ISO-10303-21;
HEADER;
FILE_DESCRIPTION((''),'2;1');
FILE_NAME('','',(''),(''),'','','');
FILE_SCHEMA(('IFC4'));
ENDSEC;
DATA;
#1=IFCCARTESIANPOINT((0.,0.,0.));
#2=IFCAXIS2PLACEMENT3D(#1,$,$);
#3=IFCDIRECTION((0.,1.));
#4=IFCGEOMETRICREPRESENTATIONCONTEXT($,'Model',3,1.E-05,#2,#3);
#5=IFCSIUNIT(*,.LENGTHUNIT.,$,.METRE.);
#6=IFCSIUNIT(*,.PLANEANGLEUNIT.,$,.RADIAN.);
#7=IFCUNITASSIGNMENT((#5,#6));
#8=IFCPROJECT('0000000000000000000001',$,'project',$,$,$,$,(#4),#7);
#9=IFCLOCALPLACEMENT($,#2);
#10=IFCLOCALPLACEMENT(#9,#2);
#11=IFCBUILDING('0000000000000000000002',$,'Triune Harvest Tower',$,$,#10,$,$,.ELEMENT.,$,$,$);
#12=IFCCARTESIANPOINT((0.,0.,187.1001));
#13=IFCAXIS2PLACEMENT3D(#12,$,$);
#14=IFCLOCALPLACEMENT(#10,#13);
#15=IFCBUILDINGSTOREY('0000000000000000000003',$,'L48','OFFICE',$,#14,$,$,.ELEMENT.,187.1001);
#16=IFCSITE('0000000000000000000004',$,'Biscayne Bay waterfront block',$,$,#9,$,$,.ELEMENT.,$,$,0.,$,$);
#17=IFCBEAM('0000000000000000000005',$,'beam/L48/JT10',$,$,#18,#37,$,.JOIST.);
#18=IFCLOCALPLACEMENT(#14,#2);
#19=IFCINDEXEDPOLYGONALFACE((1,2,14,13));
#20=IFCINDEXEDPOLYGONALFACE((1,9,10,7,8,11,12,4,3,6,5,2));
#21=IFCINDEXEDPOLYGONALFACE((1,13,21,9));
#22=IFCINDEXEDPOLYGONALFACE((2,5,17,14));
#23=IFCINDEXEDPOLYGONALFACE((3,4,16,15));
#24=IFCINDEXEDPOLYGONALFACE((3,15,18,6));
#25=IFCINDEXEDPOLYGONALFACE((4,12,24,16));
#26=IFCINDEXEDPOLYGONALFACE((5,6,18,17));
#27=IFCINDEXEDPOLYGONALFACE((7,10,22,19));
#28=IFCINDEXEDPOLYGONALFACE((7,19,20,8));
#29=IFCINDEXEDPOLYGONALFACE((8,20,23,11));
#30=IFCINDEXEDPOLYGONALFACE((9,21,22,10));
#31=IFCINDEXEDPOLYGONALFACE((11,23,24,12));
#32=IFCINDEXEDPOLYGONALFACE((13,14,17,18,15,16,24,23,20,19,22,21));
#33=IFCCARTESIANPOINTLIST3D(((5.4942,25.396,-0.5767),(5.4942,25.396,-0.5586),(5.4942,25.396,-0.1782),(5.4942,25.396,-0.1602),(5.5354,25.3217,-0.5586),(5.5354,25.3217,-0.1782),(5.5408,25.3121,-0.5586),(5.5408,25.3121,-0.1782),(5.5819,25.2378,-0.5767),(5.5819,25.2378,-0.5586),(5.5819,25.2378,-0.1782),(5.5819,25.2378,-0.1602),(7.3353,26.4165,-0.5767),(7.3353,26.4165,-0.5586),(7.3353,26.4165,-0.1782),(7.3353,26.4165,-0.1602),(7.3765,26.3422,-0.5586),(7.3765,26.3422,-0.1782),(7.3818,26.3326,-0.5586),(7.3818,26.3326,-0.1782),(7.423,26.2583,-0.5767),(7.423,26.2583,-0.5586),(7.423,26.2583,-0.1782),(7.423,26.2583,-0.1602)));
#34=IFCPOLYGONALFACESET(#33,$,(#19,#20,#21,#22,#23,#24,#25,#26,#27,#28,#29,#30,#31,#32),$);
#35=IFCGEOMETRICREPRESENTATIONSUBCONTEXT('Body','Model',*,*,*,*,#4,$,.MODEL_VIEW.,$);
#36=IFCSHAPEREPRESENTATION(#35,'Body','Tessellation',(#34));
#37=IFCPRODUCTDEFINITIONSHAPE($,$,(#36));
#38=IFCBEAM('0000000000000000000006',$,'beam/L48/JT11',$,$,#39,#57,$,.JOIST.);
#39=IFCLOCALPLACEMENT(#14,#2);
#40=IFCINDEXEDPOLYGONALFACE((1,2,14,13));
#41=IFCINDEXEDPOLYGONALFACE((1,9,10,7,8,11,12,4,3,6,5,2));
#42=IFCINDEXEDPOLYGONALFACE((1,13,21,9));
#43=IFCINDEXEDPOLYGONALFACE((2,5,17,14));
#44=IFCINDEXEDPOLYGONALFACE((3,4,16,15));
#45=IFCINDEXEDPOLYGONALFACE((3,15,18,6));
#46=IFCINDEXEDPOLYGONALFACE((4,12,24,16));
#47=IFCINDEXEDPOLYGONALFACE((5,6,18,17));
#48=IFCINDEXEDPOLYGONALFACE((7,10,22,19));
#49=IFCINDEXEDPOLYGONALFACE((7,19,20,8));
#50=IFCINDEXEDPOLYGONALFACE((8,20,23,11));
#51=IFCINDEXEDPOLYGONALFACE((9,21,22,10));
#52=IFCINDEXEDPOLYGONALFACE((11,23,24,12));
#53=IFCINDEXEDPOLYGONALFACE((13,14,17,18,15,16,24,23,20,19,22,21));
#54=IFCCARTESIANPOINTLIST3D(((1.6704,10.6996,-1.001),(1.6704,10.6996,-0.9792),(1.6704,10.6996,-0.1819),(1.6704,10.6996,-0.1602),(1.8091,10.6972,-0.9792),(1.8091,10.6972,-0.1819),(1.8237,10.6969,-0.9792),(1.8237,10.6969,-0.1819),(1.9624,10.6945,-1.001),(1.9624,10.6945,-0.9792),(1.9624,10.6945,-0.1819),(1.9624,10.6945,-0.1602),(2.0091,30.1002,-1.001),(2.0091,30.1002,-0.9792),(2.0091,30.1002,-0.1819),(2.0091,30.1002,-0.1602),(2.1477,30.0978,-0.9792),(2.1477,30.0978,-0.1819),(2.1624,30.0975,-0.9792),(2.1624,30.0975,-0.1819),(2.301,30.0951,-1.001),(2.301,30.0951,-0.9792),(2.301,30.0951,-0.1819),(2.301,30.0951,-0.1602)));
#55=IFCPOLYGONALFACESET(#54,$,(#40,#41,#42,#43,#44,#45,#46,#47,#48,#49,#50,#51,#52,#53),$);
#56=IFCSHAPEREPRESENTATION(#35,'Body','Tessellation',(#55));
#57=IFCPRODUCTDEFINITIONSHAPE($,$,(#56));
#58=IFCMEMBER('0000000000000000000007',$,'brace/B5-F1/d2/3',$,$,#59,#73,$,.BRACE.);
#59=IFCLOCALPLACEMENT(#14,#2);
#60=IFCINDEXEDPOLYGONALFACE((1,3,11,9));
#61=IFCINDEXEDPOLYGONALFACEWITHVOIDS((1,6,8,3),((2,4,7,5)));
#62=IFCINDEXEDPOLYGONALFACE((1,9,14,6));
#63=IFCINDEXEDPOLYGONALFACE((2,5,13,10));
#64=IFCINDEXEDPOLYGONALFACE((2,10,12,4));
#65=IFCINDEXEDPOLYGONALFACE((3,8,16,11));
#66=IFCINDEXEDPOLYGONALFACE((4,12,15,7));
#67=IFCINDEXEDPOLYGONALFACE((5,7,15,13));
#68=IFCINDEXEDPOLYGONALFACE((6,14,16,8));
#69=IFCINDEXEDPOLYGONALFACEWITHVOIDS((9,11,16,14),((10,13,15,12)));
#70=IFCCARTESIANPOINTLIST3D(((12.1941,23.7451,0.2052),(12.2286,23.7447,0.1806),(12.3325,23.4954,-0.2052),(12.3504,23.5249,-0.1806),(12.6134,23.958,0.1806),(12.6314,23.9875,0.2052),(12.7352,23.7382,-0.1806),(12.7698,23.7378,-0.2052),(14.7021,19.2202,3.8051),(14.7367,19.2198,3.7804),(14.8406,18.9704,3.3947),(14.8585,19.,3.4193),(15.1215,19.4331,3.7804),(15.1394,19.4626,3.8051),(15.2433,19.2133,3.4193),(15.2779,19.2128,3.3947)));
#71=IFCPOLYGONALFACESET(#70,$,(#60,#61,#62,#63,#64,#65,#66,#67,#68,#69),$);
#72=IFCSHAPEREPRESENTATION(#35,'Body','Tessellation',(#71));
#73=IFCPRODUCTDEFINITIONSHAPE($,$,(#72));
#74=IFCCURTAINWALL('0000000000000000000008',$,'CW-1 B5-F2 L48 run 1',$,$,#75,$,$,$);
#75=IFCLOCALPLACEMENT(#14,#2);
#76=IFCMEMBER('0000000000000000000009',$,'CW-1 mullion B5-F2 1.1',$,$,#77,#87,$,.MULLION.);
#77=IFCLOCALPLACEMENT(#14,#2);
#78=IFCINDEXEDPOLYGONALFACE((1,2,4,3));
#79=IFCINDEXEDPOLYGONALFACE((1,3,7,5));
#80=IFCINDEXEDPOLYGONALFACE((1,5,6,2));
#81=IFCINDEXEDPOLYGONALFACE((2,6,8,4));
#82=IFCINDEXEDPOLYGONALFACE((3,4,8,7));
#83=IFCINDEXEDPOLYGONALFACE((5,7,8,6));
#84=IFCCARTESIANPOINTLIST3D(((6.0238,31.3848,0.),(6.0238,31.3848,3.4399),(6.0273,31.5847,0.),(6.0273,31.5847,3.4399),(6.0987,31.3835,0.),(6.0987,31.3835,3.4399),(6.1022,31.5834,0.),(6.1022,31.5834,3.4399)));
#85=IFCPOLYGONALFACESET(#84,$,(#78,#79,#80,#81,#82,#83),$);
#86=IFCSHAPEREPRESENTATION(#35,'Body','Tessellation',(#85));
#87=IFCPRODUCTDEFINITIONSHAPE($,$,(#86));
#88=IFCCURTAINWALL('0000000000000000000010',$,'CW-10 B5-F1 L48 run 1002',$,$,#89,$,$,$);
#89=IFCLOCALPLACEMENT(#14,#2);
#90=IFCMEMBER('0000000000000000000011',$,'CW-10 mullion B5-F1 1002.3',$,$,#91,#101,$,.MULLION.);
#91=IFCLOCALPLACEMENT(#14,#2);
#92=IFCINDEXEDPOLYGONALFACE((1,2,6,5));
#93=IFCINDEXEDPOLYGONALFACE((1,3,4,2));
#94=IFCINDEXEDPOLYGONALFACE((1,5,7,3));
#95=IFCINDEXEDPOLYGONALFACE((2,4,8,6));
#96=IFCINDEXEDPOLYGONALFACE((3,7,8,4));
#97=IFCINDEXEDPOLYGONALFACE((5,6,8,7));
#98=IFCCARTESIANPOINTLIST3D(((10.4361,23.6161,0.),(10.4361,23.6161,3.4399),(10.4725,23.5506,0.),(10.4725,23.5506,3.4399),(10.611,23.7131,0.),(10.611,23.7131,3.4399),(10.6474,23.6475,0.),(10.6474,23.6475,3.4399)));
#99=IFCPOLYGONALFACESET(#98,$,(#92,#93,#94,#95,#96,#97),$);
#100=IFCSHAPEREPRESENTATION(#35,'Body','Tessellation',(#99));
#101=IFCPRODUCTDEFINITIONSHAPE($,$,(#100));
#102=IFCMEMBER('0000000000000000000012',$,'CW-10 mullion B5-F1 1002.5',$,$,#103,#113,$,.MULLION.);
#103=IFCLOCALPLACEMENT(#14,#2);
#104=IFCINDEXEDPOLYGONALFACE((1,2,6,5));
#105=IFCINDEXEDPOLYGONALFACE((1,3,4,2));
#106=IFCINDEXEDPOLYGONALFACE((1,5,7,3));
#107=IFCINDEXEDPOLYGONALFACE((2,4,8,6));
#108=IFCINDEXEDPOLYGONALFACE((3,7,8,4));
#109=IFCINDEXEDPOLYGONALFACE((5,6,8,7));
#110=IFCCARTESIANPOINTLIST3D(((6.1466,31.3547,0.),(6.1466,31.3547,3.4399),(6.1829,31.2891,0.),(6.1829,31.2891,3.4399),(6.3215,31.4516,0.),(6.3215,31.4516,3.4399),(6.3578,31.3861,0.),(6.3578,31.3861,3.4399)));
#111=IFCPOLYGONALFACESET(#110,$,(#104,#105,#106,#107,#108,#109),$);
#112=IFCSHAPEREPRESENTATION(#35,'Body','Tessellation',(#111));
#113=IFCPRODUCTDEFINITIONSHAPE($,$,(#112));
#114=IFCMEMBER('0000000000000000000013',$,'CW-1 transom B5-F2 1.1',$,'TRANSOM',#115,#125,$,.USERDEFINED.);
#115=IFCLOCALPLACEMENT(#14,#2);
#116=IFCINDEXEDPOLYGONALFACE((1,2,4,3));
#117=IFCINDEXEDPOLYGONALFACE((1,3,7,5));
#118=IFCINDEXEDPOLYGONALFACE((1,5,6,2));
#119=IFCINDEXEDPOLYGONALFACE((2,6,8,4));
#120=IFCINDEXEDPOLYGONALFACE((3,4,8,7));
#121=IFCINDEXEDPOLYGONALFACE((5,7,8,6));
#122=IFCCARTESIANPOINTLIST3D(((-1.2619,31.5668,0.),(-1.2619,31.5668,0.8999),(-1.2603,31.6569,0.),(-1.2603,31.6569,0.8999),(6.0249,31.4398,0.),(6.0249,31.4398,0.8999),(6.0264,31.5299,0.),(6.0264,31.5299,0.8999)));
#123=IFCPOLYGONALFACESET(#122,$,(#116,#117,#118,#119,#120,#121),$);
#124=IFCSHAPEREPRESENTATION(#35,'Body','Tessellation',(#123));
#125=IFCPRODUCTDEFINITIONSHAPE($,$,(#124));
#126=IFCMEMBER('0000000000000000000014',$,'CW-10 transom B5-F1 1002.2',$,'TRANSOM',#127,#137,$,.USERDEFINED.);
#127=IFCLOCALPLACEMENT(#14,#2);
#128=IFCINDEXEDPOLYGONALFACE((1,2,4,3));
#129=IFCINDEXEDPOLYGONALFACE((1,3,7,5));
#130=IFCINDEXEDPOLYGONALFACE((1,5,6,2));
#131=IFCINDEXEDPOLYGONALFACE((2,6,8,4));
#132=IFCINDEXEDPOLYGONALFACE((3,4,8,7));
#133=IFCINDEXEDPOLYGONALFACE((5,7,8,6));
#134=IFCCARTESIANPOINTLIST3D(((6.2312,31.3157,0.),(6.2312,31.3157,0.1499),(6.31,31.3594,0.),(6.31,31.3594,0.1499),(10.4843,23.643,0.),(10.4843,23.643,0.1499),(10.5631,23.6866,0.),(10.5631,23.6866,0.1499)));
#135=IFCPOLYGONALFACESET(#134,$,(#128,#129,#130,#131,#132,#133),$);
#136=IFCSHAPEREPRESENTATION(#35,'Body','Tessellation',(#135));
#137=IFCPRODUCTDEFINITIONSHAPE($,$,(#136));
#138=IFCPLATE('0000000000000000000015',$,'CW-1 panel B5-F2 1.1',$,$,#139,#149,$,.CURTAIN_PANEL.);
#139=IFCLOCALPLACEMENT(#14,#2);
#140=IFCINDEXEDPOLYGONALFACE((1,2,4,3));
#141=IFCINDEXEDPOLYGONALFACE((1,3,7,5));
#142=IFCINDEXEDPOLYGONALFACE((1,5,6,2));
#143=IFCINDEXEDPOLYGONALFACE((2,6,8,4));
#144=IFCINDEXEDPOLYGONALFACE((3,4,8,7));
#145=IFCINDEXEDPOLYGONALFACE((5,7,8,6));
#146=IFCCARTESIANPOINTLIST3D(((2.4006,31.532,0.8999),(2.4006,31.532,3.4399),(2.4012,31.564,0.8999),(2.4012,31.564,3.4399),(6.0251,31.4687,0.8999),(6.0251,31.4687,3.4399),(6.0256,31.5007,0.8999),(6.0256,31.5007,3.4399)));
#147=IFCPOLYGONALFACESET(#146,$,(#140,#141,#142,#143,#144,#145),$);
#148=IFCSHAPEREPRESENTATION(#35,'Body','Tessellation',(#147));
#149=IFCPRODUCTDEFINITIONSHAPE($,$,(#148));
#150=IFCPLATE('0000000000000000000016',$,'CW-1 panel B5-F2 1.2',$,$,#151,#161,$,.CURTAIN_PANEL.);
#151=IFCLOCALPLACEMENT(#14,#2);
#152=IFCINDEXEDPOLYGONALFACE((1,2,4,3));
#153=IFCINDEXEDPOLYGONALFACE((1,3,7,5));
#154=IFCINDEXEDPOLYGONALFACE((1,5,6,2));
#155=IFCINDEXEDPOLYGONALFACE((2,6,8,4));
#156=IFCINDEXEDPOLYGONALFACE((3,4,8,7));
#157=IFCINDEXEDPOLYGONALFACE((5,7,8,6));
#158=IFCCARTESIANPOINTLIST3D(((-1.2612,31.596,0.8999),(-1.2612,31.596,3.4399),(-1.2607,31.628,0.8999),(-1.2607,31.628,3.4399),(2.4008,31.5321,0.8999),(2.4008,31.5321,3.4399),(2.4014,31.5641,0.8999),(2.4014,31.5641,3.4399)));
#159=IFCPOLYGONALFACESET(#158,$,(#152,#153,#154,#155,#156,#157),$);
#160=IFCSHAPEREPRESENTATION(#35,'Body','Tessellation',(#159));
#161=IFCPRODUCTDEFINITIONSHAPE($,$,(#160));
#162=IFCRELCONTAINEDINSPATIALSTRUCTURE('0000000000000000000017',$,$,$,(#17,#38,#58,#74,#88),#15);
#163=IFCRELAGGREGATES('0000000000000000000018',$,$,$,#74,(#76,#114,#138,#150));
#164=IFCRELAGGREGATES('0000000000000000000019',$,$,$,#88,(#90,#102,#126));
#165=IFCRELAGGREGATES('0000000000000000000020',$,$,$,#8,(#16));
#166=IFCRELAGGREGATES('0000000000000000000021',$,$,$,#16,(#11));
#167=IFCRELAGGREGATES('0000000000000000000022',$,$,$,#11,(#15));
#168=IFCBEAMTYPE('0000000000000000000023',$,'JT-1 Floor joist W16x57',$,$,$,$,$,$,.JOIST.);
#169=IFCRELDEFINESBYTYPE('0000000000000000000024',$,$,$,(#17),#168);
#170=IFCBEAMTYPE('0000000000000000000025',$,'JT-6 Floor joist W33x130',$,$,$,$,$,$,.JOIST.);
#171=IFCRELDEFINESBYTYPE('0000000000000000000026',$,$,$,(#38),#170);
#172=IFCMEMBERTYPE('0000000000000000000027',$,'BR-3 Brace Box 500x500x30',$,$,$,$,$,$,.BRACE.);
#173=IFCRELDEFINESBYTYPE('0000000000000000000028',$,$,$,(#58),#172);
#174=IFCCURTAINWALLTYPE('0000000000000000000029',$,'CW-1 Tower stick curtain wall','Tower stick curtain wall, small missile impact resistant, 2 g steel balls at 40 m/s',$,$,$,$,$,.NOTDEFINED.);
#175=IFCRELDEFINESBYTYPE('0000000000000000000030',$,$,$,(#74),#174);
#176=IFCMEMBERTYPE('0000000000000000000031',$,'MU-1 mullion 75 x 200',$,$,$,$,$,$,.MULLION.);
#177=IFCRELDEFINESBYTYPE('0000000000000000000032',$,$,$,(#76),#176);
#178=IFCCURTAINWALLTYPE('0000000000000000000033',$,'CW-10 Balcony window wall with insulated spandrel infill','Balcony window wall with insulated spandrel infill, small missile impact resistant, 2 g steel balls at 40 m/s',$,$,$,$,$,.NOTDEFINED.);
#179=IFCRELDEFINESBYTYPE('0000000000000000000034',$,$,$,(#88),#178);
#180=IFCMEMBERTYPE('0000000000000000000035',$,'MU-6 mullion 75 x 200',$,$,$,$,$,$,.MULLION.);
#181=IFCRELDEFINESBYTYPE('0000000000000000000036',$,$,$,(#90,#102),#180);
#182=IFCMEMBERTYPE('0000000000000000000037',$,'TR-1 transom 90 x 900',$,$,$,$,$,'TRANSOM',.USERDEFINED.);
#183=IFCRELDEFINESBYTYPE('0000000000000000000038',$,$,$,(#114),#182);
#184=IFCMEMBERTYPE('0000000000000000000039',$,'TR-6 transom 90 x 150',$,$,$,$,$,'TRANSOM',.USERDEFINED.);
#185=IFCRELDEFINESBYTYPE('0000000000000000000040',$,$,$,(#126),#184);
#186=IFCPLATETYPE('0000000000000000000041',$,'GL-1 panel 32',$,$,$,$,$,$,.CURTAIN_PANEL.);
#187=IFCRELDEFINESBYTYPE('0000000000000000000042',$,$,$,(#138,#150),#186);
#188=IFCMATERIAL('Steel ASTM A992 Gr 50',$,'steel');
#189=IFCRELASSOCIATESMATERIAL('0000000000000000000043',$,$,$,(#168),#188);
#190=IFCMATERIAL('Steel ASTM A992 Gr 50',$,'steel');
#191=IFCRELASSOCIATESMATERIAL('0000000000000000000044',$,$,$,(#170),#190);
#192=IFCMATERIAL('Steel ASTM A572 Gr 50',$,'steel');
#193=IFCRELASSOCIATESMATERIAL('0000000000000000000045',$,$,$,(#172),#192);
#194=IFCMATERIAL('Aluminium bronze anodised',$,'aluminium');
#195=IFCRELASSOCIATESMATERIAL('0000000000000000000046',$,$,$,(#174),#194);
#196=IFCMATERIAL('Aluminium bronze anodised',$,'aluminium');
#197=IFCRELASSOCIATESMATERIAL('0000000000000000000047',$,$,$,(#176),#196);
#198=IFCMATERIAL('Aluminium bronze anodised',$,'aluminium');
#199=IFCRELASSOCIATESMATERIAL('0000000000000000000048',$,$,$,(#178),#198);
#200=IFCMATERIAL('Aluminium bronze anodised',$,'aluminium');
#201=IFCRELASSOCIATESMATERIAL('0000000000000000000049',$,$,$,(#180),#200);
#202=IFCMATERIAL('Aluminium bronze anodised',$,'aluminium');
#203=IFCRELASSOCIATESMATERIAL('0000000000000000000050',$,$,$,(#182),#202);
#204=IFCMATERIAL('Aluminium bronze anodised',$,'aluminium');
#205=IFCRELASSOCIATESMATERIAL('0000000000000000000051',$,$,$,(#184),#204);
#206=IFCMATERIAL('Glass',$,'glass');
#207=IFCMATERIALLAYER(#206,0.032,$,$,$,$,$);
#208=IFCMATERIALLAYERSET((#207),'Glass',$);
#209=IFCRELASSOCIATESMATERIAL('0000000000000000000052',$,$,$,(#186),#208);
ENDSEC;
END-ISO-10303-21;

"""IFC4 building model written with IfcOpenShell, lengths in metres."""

from ifc_helpers import new_model, si_unit, direction, frame, origin, origin_2d, place, context, subcontext, project, spatial, rectangle, hollow_rectangle, i_section, extrude, source, transform, mapped, material, layer, layer_set, material_profile, profile_set, type_object, element, aggregate, save


model = new_model("IFC4")

# Units and contexts
model_context = context("Model", 3, precision=1e-05, world=origin(), true_north=direction((0.0, 1.0)))
body_context = subcontext(model_context, "Body", "Model", "MODEL_VIEW")
ifc_project = project(units=[si_unit("LENGTHUNIT", "METRE"), si_unit("PLANEANGLEUNIT", "RADIAN")], contexts=[model_context])

# Site, building, storey
site_placement = place(None, origin())
site = spatial("IfcSite", under=ifc_project, at=site_placement, Name="Biscayne Bay waterfront block", CompositionType="ELEMENT", RefElevation=0.0)
building_placement = place(site_placement, origin())
building = spatial("IfcBuilding", under=site, at=building_placement, Name="Triune Harvest Tower", CompositionType="ELEMENT")
storey_placement = place(building_placement, frame((0.0, 0.0, 187.1001)))
storey = spatial("IfcBuildingStorey", under=building, at=storey_placement, Name="L48", Description="OFFICE", CompositionType="ELEMENT", Elevation=187.1001)

# Beams
ifc_material_1 = material(Name="Steel ASTM A992 Gr 50", Category="steel")
ifc_material_profile_1 = material_profile(ifc_material_1, i_section(OverallWidth=0.1809, OverallDepth=0.4165, WebThickness=0.011, FlangeThickness=0.0181, at=origin_2d()), Name="W16x57")
ifc_profile_set_1 = profile_set([ifc_material_profile_1], Name="Steel ASTM A992 Gr 50")
beam_type_1 = type_object("IfcBeamType", Name="JT-1 Floor joist W16x57", PredefinedType="JOIST", material=ifc_profile_set_1)
shared_shape_1 = source(origin(), body_context, "Body", "SweptSolid", [
    extrude(i_section(OverallWidth=0.1809, OverallDepth=0.4165, WebThickness=0.011, FlangeThickness=0.0181, at=origin_2d()), origin(), (0.0, 0.0, 1.0), 2.105),
])
beam_1_placement = place(storey_placement, frame((7.3792, 26.3374, -0.3684), z_axis=(-0.874622, -0.484806, 0.0), x_axis=(0.484806, -0.874622, 0.0)))
element("IfcBeam", 1, at=beam_1_placement, inside=storey, type_object=beam_type_1, Name="beam/L48/JT10", PredefinedType="JOIST", context=body_context, shape_type="MappedRepresentation", body=[
    mapped(shared_shape_1, transform((0.0, 0.0, 0.0), scale=1.0)),
])
ifc_material_2 = material(Name="Steel ASTM A992 Gr 50", Category="steel")
ifc_material_profile_2 = material_profile(ifc_material_2, i_section(OverallWidth=0.292, OverallDepth=0.8408, WebThickness=0.0146, FlangeThickness=0.0217, at=origin_2d()), Name="W33x130")
ifc_profile_set_2 = profile_set([ifc_material_profile_2], Name="Steel ASTM A992 Gr 50")
beam_type_2 = type_object("IfcBeamType", Name="JT-6 Floor joist W33x130", PredefinedType="JOIST", material=ifc_profile_set_2)
shared_shape_2 = source(origin(), body_context, "Body", "SweptSolid", [
    extrude(i_section(OverallWidth=0.292, OverallDepth=0.8408, WebThickness=0.0146, FlangeThickness=0.0217, at=origin_2d()), origin(), (0.0, 0.0, 1.0), 19.4036),
])
beam_2_placement = place(storey_placement, frame((2.155, 30.0977, -0.5806), z_axis=(-0.017452, -0.999848, 0.0), x_axis=(0.999848, -0.017452, 0.0)))
element("IfcBeam", 2, at=beam_2_placement, inside=storey, type_object=beam_type_2, Name="beam/L48/JT11", PredefinedType="JOIST", context=body_context, shape_type="MappedRepresentation", body=[
    mapped(shared_shape_2, transform((0.0, 0.0, 0.0), scale=1.0)),
])

# Member
ifc_material_3 = material(Name="Steel ASTM A572 Gr 50", Category="steel")
ifc_material_profile_3 = material_profile(ifc_material_3, hollow_rectangle(XDim=0.5, YDim=0.5, WallThickness=0.03, at=origin_2d()), Name="Box 500x500x30")
ifc_profile_set_3 = profile_set([ifc_material_profile_3], Name="Steel ASTM A572 Gr 50")
member_type_1 = type_object("IfcMemberType", Name="BR-3 Brace Box 500x500x30", PredefinedType="BRACE", material=ifc_profile_set_3)
shared_shape_3 = source(origin(), body_context, "Body", "SweptSolid", [
    extrude(hollow_rectangle(XDim=0.5, YDim=0.5, WallThickness=0.03, at=origin_2d()), origin(), (0.0, 0.0, 1.0), 6.3027),
])
member_1_placement = place(storey_placement, frame((12.4819, 23.7415, 0.0), z_axis=(0.397934, -0.717931, 0.57116), x_axis=(0.874631, 0.484789, 0.0)))
element("IfcMember", 3, at=member_1_placement, inside=storey, type_object=member_type_1, Name="brace/B5-F1/d2/3", PredefinedType="BRACE", context=body_context, shape_type="MappedRepresentation", body=[
    mapped(shared_shape_3, transform((0.0, 0.0, 0.0), scale=1.0)),
])

# Curtain wall, member
ifc_material_4 = material(Name="Aluminium bronze anodised", Category="aluminium")
curtain_wall_type_1 = type_object("IfcCurtainWallType", Name="CW-1 Tower stick curtain wall", Description="Tower stick curtain wall, small missile impact resistant, 2 g steel balls at 40 m/s", PredefinedType="NOTDEFINED", material=ifc_material_4)
curtain_wall_1_placement = place(storey_placement, origin())
curtain_wall_1 = element("IfcCurtainWall", 4, at=curtain_wall_1_placement, inside=storey, type_object=curtain_wall_type_1, Name="CW-1 B5-F2 L48 run 1")
ifc_material_5 = material(Name="Aluminium bronze anodised", Category="aluminium")
ifc_material_profile_4 = material_profile(ifc_material_5, rectangle(XDim=0.2, YDim=0.075, at=origin_2d()), Name="MU-1 mullion 75 x 200")
ifc_profile_set_4 = profile_set([ifc_material_profile_4], Name="Aluminium bronze anodised")
member_type_2 = type_object("IfcMemberType", Name="MU-1 mullion 75 x 200", PredefinedType="MULLION", material=ifc_profile_set_4)
shared_shape_4 = source(origin(), body_context, "Body", "SweptSolid", [
    extrude(rectangle(XDim=0.2, YDim=0.075, at=origin_2d()), origin(), (0.0, 0.0, 1.0), 3.4399),
])
member_2_placement = place(storey_placement, frame((6.063, 31.4841, 0.0), z_axis=(0.0, 0.0, 1.0), x_axis=(-0.017446, -0.999848, 0.0)))
member_2 = element("IfcMember", 5, at=member_2_placement, type_object=member_type_2, Name="CW-1 mullion B5-F2 1.1", PredefinedType="MULLION", context=body_context, shape_type="MappedRepresentation", body=[
    mapped(shared_shape_4, transform((0.0, 0.0, 0.0), scale=1.0)),
])

# Curtain wall, members
ifc_material_6 = material(Name="Aluminium bronze anodised", Category="aluminium")
curtain_wall_type_2 = type_object("IfcCurtainWallType", Name="CW-10 Balcony window wall with insulated spandrel infill", Description="Balcony window wall with insulated spandrel infill, small missile impact resistant, 2 g steel balls at 40 m/s", PredefinedType="NOTDEFINED", material=ifc_material_6)
curtain_wall_2_placement = place(storey_placement, origin())
curtain_wall_2 = element("IfcCurtainWall", 6, at=curtain_wall_2_placement, inside=storey, type_object=curtain_wall_type_2, Name="CW-10 B5-F1 L48 run 1002")
ifc_material_7 = material(Name="Aluminium bronze anodised", Category="aluminium")
ifc_material_profile_5 = material_profile(ifc_material_7, rectangle(XDim=0.2, YDim=0.075, at=origin_2d()), Name="MU-6 mullion 75 x 200")
ifc_profile_set_5 = profile_set([ifc_material_profile_5], Name="Aluminium bronze anodised")
member_type_3 = type_object("IfcMemberType", Name="MU-6 mullion 75 x 200", PredefinedType="MULLION", material=ifc_profile_set_5)
shared_shape_5 = source(origin(), body_context, "Body", "SweptSolid", [
    extrude(rectangle(XDim=0.2, YDim=0.075, at=origin_2d()), origin(), (0.0, 0.0, 1.0), 3.4399),
])
member_3_placement = place(storey_placement, frame((10.5417, 23.6318, 0.0), z_axis=(0.0, 0.0, 1.0), x_axis=(-0.874621, -0.484807, 0.0)))
member_3 = element("IfcMember", 7, at=member_3_placement, type_object=member_type_3, Name="CW-10 mullion B5-F1 1002.3", PredefinedType="MULLION", context=body_context, shape_type="MappedRepresentation", body=[
    mapped(shared_shape_5, transform((0.0, 0.0, 0.0), scale=1.0)),
])
member_4_placement = place(storey_placement, frame((6.2522, 31.3704, 0.0), z_axis=(0.0, 0.0, 1.0), x_axis=(-0.874621, -0.484807, 0.0)))
member_4 = element("IfcMember", 8, at=member_4_placement, type_object=member_type_3, Name="CW-10 mullion B5-F1 1002.5", PredefinedType="MULLION", context=body_context, shape_type="MappedRepresentation", body=[
    mapped(shared_shape_5, transform((0.0, 0.0, 0.0), scale=1.0)),
])

# Members
ifc_material_8 = material(Name="Aluminium bronze anodised", Category="aluminium")
ifc_material_profile_6 = material_profile(ifc_material_8, rectangle(XDim=0.0901, YDim=0.8999, at=origin_2d()), Name="TR-1 transom 90 x 900")
ifc_profile_set_6 = profile_set([ifc_material_profile_6], Name="Aluminium bronze anodised")
member_type_4 = type_object("IfcMemberType", Name="TR-1 transom 90 x 900", ElementType="TRANSOM", PredefinedType="USERDEFINED", material=ifc_profile_set_6)
shared_shape_6 = source(origin(), body_context, "Body", "SweptSolid", [
    extrude(rectangle(XDim=0.0901, YDim=0.8999, at=origin_2d()), origin(), (0.0, 0.0, 1.0), 7.2878),
])
member_5_placement = place(storey_placement, frame((6.0256, 31.4849, 0.45), z_axis=(-0.999848, 0.01742, 0.0), x_axis=(-0.01742, -0.999848, 0.0)))
member_5 = element("IfcMember", 9, at=member_5_placement, type_object=member_type_4, Name="CW-1 transom B5-F2 1.1", ObjectType="TRANSOM", PredefinedType="USERDEFINED", context=body_context, shape_type="MappedRepresentation", body=[
    mapped(shared_shape_6, transform((0.0, 0.0, 0.0), scale=1.0)),
])
ifc_material_9 = material(Name="Aluminium bronze anodised", Category="aluminium")
ifc_material_profile_7 = material_profile(ifc_material_9, rectangle(XDim=0.0901, YDim=0.1499, at=origin_2d()), Name="TR-6 transom 90 x 150")
ifc_profile_set_7 = profile_set([ifc_material_profile_7], Name="Aluminium bronze anodised")
member_type_5 = type_object("IfcMemberType", Name="TR-6 transom 90 x 150", ElementType="TRANSOM", PredefinedType="USERDEFINED", material=ifc_profile_set_7)
shared_shape_7 = source(origin(), body_context, "Body", "SweptSolid", [
    extrude(rectangle(XDim=0.0901, YDim=0.1499, at=origin_2d()), origin(), (0.0, 0.0, 1.0), 8.7727),
])
member_6_placement = place(storey_placement, frame((10.5237, 23.6648, 0.075), z_axis=(-0.484813, 0.874618, 0.0), x_axis=(-0.874618, -0.484813, 0.0)))
member_6 = element("IfcMember", 10, at=member_6_placement, type_object=member_type_5, Name="CW-10 transom B5-F1 1002.2", ObjectType="TRANSOM", PredefinedType="USERDEFINED", context=body_context, shape_type="MappedRepresentation", body=[
    mapped(shared_shape_7, transform((0.0, 0.0, 0.0), scale=1.0)),
])

# Plates
ifc_material_10 = material(Name="Glass", Category="glass")
ifc_layer_1 = layer(ifc_material_10, 0.032)
ifc_layer_set_1 = layer_set([ifc_layer_1], Name="Glass")
plate_type_1 = type_object("IfcPlateType", Name="GL-1 panel 32", PredefinedType="CURTAIN_PANEL", material=ifc_layer_set_1)
shared_shape_8 = source(origin(), body_context, "Body", "SweptSolid", [
    extrude(rectangle(XDim=3.625, YDim=0.032, at=origin_2d()), origin(), (0.0, 0.0, 1.0), 2.54),
])
plate_1_placement = place(storey_placement, frame((4.2131, 31.5164, 0.8999), z_axis=(0.0, 0.0, 1.0), x_axis=(-0.999848, 0.017446, 0.0)))
plate_1 = element("IfcPlate", 11, at=plate_1_placement, type_object=plate_type_1, Name="CW-1 panel B5-F2 1.1", PredefinedType="CURTAIN_PANEL", context=body_context, shape_type="MappedRepresentation", body=[
    mapped(shared_shape_8, transform((0.0, 0.0, 0.0), scale=1.0)),
])
shared_shape_9 = source(origin(), body_context, "Body", "SweptSolid", [
    extrude(rectangle(XDim=3.6626, YDim=0.032, at=origin_2d()), origin(), (0.0, 0.0, 1.0), 2.54),
])
plate_2_placement = place(storey_placement, frame((0.5701, 31.5801, 0.8999), z_axis=(0.0, 0.0, 1.0), x_axis=(-0.999848, 0.017446, 0.0)))
plate_2 = element("IfcPlate", 12, at=plate_2_placement, type_object=plate_type_1, Name="CW-1 panel B5-F2 1.2", PredefinedType="CURTAIN_PANEL", context=body_context, shape_type="MappedRepresentation", body=[
    mapped(shared_shape_9, transform((0.0, 0.0, 0.0), scale=1.0)),
])
aggregate(curtain_wall_1, [member_2, member_5, plate_1, plate_2])
aggregate(curtain_wall_2, [member_3, member_4, member_6])

save(model, "model.ifc")
